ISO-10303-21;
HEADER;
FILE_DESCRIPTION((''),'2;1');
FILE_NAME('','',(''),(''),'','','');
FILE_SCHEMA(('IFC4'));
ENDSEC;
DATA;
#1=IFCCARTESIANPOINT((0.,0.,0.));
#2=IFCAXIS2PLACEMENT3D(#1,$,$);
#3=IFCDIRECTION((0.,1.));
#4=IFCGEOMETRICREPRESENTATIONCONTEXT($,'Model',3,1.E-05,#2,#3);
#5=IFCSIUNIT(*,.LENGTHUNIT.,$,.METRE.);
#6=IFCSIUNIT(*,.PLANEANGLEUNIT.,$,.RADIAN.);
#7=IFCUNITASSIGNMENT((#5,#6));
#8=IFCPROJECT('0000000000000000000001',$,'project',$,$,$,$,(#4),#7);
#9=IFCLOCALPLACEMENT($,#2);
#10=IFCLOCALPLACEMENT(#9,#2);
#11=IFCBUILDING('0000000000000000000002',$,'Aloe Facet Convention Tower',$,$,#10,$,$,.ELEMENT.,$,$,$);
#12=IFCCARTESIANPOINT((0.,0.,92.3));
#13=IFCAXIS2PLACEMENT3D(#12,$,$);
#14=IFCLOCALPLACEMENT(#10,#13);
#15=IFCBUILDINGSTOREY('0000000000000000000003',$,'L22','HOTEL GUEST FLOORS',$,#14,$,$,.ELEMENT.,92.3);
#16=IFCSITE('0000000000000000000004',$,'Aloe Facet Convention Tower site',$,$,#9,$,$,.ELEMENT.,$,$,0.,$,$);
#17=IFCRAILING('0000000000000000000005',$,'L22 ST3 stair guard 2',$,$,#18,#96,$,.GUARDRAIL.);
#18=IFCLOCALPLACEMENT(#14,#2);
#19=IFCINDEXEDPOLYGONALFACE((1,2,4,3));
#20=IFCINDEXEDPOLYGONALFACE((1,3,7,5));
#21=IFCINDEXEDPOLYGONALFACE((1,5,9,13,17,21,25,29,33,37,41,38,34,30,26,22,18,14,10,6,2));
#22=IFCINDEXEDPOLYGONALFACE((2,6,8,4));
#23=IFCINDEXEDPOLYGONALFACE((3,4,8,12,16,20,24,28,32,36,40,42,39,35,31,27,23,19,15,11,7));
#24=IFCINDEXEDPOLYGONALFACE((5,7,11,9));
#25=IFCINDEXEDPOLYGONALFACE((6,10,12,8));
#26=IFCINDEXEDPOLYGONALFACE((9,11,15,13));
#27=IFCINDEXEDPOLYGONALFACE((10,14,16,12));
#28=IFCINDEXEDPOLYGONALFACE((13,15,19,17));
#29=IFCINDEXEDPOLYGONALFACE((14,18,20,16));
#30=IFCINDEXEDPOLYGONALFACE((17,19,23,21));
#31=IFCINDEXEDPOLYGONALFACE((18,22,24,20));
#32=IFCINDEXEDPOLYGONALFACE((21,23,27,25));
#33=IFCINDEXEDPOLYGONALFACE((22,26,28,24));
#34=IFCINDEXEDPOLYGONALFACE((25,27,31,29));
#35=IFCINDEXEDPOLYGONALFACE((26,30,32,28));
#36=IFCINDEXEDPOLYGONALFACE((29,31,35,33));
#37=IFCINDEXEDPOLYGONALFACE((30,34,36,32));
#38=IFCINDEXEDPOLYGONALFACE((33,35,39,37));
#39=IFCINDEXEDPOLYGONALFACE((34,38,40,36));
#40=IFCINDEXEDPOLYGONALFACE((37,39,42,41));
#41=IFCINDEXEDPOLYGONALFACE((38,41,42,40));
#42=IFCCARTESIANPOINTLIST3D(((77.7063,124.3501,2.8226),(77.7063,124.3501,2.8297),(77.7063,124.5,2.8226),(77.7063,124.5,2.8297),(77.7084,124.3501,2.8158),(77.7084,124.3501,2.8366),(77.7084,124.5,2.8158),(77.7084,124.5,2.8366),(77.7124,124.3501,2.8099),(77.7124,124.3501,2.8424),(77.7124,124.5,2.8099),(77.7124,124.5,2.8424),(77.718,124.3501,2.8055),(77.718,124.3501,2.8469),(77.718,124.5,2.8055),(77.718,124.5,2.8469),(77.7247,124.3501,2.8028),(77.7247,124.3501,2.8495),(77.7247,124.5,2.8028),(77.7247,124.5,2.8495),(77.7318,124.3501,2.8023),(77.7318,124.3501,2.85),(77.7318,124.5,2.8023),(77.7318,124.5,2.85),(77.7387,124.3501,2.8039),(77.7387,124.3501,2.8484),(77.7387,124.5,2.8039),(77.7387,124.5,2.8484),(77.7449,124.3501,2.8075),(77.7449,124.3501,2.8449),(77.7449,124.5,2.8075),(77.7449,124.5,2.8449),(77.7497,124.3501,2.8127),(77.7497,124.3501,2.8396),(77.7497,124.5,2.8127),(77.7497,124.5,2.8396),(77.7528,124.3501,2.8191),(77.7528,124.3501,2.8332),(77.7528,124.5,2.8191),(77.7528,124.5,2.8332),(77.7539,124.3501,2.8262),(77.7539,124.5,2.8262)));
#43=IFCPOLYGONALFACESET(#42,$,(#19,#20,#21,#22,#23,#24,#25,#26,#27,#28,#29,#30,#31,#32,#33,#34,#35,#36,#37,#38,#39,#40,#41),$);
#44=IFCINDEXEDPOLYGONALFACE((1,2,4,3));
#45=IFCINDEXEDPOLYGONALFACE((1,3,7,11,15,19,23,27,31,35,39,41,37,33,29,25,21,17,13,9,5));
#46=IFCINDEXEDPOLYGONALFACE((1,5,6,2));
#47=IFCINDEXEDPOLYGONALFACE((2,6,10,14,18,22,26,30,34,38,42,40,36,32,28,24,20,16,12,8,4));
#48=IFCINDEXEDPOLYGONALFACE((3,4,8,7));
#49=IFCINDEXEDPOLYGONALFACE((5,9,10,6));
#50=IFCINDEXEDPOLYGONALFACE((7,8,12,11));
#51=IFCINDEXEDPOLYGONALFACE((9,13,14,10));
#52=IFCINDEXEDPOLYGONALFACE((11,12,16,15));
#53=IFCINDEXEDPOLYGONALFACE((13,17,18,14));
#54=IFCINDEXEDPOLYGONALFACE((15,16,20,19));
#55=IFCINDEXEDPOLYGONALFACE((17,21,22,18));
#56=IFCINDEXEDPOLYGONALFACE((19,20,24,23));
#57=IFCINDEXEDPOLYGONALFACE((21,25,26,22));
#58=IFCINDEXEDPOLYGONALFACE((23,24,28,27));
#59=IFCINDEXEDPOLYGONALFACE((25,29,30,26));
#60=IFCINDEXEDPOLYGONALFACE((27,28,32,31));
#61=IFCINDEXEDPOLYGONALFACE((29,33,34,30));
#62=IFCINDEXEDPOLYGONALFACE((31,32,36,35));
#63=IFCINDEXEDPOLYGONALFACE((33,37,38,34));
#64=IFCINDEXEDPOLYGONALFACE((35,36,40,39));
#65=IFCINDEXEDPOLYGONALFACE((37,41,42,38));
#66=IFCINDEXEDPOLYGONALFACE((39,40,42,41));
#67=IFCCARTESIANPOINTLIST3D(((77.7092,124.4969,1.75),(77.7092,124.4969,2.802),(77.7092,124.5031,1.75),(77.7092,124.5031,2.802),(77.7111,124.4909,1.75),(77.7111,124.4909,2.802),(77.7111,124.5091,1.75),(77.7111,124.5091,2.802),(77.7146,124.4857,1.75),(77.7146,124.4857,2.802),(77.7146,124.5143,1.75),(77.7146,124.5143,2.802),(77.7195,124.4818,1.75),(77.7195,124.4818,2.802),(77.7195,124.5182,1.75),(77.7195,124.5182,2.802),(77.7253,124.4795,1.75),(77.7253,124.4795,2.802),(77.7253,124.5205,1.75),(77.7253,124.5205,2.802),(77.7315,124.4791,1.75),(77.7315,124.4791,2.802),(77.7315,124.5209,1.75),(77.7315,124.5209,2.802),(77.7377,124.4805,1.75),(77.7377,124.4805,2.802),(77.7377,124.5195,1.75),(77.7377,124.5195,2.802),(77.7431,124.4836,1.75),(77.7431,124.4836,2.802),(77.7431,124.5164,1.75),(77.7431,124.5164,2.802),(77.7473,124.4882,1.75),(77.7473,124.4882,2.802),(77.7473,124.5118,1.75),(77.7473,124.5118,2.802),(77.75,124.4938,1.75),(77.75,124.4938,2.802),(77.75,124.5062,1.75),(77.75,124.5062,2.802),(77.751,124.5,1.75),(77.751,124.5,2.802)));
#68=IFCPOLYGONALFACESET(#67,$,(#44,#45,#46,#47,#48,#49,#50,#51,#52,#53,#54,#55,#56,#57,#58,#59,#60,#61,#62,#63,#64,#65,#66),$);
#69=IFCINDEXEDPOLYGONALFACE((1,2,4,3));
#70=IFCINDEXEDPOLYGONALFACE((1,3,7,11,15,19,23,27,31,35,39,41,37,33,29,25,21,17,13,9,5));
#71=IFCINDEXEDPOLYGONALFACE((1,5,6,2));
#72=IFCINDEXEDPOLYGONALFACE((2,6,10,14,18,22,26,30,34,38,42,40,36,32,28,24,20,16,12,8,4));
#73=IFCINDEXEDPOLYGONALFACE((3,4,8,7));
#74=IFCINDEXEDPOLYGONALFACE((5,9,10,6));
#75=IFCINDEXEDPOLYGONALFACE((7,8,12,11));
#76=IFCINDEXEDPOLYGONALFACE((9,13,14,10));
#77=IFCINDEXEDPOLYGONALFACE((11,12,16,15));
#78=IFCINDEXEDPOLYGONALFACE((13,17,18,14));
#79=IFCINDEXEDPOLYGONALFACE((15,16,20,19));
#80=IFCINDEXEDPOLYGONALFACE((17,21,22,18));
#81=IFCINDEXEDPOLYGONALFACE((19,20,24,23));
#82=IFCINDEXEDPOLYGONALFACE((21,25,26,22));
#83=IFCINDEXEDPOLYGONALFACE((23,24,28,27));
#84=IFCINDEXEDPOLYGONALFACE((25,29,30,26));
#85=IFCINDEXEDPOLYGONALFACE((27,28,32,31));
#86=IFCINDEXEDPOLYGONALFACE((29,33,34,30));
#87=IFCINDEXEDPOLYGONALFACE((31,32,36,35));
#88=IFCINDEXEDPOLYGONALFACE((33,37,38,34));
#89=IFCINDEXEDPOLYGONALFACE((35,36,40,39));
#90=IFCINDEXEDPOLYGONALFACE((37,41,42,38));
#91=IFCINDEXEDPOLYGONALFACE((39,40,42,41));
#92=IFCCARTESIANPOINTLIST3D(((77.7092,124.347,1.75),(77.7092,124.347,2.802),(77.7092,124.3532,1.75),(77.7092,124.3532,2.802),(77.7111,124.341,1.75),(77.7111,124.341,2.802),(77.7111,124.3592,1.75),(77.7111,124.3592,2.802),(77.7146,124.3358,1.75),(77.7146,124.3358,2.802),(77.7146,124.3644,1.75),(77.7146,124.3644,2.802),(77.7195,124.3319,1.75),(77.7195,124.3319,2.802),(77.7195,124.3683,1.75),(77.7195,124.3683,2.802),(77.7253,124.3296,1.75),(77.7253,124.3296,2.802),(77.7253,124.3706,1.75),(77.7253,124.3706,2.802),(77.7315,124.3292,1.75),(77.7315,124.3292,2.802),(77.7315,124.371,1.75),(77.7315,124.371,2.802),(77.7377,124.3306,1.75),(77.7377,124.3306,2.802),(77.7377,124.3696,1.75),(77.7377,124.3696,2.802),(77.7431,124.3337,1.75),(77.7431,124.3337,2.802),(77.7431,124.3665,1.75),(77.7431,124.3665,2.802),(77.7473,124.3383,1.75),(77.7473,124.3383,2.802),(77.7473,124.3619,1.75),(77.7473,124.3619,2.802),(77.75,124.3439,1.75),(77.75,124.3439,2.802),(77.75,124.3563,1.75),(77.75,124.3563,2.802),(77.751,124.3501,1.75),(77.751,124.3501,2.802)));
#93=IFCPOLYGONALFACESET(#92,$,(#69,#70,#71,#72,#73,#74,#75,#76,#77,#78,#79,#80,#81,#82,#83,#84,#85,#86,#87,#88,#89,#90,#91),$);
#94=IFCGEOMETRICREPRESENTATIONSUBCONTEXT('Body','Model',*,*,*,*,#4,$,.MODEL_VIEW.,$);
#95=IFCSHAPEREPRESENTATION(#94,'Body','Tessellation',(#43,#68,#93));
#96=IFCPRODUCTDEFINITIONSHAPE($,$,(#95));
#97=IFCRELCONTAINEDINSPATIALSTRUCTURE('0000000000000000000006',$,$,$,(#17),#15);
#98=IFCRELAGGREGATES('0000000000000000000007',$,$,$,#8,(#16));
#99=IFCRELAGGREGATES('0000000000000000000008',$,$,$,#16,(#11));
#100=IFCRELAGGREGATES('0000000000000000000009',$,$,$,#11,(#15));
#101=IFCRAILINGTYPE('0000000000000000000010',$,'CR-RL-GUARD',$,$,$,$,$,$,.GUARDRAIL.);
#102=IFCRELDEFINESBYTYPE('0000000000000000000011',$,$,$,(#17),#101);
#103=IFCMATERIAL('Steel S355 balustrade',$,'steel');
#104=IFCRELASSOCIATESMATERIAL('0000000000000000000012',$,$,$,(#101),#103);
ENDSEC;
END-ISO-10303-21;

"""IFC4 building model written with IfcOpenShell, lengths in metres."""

from ifc_helpers import new_model, si_unit, direction, frame, origin, origin_2d, place, context, subcontext, project, spatial, circle, extrude, material, type_object, element, save


model = new_model("IFC4")

# Units and contexts
model_context = context("Model", 3, precision=1e-05, world=origin(), true_north=direction((0.0, 1.0)))
body_context = subcontext(model_context, "Body", "Model", "MODEL_VIEW")
ifc_project = project(units=[si_unit("LENGTHUNIT", "METRE"), si_unit("PLANEANGLEUNIT", "RADIAN")], contexts=[model_context])

# Site, building, storey
site_placement = place(None, origin())
site = spatial("IfcSite", under=ifc_project, at=site_placement, Name="Aloe Facet Convention Tower site", CompositionType="ELEMENT", RefElevation=0.0)
building_placement = place(site_placement, origin())
building = spatial("IfcBuilding", under=site, at=building_placement, Name="Aloe Facet Convention Tower", CompositionType="ELEMENT")
storey_placement = place(building_placement, frame((0.0, 0.0, 92.3)))
storey = spatial("IfcBuildingStorey", under=building, at=storey_placement, Name="L22", Description="HOTEL GUEST FLOORS", CompositionType="ELEMENT", Elevation=92.3)

# Railing
ifc_material_1 = material(Name="Steel S355 balustrade", Category="steel")
railing_type_1 = type_object("IfcRailingType", Name="CR-RL-GUARD", PredefinedType="GUARDRAIL", material=ifc_material_1)
railing_1_placement = place(storey_placement, frame((77.73, 124.5, 1.75)))
element("IfcRailing", 1, at=railing_1_placement, inside=storey, type_object=railing_type_1, Name="L22 ST3 stair guard 2", PredefinedType="GUARDRAIL", context=body_context, shape_type="SweptSolid", body=[
    extrude(circle(Radius=0.0239, at=origin_2d()), frame((0.0, 0.0, 1.0762), z_axis=(0.0, -1.0, 0.0), x_axis=(1.0, 0.0, 0.0)), (0.0, 0.0, 1.0), 0.1499),
    extrude(circle(Radius=0.021, at=origin_2d()), origin(), (0.0, 0.0, 1.0), 1.052),
    extrude(circle(Radius=0.021, at=origin_2d()), frame((0.0, -0.1499, 0.0)), (0.0, 0.0, 1.0), 1.052),
])

save(model, "model.ifc")
